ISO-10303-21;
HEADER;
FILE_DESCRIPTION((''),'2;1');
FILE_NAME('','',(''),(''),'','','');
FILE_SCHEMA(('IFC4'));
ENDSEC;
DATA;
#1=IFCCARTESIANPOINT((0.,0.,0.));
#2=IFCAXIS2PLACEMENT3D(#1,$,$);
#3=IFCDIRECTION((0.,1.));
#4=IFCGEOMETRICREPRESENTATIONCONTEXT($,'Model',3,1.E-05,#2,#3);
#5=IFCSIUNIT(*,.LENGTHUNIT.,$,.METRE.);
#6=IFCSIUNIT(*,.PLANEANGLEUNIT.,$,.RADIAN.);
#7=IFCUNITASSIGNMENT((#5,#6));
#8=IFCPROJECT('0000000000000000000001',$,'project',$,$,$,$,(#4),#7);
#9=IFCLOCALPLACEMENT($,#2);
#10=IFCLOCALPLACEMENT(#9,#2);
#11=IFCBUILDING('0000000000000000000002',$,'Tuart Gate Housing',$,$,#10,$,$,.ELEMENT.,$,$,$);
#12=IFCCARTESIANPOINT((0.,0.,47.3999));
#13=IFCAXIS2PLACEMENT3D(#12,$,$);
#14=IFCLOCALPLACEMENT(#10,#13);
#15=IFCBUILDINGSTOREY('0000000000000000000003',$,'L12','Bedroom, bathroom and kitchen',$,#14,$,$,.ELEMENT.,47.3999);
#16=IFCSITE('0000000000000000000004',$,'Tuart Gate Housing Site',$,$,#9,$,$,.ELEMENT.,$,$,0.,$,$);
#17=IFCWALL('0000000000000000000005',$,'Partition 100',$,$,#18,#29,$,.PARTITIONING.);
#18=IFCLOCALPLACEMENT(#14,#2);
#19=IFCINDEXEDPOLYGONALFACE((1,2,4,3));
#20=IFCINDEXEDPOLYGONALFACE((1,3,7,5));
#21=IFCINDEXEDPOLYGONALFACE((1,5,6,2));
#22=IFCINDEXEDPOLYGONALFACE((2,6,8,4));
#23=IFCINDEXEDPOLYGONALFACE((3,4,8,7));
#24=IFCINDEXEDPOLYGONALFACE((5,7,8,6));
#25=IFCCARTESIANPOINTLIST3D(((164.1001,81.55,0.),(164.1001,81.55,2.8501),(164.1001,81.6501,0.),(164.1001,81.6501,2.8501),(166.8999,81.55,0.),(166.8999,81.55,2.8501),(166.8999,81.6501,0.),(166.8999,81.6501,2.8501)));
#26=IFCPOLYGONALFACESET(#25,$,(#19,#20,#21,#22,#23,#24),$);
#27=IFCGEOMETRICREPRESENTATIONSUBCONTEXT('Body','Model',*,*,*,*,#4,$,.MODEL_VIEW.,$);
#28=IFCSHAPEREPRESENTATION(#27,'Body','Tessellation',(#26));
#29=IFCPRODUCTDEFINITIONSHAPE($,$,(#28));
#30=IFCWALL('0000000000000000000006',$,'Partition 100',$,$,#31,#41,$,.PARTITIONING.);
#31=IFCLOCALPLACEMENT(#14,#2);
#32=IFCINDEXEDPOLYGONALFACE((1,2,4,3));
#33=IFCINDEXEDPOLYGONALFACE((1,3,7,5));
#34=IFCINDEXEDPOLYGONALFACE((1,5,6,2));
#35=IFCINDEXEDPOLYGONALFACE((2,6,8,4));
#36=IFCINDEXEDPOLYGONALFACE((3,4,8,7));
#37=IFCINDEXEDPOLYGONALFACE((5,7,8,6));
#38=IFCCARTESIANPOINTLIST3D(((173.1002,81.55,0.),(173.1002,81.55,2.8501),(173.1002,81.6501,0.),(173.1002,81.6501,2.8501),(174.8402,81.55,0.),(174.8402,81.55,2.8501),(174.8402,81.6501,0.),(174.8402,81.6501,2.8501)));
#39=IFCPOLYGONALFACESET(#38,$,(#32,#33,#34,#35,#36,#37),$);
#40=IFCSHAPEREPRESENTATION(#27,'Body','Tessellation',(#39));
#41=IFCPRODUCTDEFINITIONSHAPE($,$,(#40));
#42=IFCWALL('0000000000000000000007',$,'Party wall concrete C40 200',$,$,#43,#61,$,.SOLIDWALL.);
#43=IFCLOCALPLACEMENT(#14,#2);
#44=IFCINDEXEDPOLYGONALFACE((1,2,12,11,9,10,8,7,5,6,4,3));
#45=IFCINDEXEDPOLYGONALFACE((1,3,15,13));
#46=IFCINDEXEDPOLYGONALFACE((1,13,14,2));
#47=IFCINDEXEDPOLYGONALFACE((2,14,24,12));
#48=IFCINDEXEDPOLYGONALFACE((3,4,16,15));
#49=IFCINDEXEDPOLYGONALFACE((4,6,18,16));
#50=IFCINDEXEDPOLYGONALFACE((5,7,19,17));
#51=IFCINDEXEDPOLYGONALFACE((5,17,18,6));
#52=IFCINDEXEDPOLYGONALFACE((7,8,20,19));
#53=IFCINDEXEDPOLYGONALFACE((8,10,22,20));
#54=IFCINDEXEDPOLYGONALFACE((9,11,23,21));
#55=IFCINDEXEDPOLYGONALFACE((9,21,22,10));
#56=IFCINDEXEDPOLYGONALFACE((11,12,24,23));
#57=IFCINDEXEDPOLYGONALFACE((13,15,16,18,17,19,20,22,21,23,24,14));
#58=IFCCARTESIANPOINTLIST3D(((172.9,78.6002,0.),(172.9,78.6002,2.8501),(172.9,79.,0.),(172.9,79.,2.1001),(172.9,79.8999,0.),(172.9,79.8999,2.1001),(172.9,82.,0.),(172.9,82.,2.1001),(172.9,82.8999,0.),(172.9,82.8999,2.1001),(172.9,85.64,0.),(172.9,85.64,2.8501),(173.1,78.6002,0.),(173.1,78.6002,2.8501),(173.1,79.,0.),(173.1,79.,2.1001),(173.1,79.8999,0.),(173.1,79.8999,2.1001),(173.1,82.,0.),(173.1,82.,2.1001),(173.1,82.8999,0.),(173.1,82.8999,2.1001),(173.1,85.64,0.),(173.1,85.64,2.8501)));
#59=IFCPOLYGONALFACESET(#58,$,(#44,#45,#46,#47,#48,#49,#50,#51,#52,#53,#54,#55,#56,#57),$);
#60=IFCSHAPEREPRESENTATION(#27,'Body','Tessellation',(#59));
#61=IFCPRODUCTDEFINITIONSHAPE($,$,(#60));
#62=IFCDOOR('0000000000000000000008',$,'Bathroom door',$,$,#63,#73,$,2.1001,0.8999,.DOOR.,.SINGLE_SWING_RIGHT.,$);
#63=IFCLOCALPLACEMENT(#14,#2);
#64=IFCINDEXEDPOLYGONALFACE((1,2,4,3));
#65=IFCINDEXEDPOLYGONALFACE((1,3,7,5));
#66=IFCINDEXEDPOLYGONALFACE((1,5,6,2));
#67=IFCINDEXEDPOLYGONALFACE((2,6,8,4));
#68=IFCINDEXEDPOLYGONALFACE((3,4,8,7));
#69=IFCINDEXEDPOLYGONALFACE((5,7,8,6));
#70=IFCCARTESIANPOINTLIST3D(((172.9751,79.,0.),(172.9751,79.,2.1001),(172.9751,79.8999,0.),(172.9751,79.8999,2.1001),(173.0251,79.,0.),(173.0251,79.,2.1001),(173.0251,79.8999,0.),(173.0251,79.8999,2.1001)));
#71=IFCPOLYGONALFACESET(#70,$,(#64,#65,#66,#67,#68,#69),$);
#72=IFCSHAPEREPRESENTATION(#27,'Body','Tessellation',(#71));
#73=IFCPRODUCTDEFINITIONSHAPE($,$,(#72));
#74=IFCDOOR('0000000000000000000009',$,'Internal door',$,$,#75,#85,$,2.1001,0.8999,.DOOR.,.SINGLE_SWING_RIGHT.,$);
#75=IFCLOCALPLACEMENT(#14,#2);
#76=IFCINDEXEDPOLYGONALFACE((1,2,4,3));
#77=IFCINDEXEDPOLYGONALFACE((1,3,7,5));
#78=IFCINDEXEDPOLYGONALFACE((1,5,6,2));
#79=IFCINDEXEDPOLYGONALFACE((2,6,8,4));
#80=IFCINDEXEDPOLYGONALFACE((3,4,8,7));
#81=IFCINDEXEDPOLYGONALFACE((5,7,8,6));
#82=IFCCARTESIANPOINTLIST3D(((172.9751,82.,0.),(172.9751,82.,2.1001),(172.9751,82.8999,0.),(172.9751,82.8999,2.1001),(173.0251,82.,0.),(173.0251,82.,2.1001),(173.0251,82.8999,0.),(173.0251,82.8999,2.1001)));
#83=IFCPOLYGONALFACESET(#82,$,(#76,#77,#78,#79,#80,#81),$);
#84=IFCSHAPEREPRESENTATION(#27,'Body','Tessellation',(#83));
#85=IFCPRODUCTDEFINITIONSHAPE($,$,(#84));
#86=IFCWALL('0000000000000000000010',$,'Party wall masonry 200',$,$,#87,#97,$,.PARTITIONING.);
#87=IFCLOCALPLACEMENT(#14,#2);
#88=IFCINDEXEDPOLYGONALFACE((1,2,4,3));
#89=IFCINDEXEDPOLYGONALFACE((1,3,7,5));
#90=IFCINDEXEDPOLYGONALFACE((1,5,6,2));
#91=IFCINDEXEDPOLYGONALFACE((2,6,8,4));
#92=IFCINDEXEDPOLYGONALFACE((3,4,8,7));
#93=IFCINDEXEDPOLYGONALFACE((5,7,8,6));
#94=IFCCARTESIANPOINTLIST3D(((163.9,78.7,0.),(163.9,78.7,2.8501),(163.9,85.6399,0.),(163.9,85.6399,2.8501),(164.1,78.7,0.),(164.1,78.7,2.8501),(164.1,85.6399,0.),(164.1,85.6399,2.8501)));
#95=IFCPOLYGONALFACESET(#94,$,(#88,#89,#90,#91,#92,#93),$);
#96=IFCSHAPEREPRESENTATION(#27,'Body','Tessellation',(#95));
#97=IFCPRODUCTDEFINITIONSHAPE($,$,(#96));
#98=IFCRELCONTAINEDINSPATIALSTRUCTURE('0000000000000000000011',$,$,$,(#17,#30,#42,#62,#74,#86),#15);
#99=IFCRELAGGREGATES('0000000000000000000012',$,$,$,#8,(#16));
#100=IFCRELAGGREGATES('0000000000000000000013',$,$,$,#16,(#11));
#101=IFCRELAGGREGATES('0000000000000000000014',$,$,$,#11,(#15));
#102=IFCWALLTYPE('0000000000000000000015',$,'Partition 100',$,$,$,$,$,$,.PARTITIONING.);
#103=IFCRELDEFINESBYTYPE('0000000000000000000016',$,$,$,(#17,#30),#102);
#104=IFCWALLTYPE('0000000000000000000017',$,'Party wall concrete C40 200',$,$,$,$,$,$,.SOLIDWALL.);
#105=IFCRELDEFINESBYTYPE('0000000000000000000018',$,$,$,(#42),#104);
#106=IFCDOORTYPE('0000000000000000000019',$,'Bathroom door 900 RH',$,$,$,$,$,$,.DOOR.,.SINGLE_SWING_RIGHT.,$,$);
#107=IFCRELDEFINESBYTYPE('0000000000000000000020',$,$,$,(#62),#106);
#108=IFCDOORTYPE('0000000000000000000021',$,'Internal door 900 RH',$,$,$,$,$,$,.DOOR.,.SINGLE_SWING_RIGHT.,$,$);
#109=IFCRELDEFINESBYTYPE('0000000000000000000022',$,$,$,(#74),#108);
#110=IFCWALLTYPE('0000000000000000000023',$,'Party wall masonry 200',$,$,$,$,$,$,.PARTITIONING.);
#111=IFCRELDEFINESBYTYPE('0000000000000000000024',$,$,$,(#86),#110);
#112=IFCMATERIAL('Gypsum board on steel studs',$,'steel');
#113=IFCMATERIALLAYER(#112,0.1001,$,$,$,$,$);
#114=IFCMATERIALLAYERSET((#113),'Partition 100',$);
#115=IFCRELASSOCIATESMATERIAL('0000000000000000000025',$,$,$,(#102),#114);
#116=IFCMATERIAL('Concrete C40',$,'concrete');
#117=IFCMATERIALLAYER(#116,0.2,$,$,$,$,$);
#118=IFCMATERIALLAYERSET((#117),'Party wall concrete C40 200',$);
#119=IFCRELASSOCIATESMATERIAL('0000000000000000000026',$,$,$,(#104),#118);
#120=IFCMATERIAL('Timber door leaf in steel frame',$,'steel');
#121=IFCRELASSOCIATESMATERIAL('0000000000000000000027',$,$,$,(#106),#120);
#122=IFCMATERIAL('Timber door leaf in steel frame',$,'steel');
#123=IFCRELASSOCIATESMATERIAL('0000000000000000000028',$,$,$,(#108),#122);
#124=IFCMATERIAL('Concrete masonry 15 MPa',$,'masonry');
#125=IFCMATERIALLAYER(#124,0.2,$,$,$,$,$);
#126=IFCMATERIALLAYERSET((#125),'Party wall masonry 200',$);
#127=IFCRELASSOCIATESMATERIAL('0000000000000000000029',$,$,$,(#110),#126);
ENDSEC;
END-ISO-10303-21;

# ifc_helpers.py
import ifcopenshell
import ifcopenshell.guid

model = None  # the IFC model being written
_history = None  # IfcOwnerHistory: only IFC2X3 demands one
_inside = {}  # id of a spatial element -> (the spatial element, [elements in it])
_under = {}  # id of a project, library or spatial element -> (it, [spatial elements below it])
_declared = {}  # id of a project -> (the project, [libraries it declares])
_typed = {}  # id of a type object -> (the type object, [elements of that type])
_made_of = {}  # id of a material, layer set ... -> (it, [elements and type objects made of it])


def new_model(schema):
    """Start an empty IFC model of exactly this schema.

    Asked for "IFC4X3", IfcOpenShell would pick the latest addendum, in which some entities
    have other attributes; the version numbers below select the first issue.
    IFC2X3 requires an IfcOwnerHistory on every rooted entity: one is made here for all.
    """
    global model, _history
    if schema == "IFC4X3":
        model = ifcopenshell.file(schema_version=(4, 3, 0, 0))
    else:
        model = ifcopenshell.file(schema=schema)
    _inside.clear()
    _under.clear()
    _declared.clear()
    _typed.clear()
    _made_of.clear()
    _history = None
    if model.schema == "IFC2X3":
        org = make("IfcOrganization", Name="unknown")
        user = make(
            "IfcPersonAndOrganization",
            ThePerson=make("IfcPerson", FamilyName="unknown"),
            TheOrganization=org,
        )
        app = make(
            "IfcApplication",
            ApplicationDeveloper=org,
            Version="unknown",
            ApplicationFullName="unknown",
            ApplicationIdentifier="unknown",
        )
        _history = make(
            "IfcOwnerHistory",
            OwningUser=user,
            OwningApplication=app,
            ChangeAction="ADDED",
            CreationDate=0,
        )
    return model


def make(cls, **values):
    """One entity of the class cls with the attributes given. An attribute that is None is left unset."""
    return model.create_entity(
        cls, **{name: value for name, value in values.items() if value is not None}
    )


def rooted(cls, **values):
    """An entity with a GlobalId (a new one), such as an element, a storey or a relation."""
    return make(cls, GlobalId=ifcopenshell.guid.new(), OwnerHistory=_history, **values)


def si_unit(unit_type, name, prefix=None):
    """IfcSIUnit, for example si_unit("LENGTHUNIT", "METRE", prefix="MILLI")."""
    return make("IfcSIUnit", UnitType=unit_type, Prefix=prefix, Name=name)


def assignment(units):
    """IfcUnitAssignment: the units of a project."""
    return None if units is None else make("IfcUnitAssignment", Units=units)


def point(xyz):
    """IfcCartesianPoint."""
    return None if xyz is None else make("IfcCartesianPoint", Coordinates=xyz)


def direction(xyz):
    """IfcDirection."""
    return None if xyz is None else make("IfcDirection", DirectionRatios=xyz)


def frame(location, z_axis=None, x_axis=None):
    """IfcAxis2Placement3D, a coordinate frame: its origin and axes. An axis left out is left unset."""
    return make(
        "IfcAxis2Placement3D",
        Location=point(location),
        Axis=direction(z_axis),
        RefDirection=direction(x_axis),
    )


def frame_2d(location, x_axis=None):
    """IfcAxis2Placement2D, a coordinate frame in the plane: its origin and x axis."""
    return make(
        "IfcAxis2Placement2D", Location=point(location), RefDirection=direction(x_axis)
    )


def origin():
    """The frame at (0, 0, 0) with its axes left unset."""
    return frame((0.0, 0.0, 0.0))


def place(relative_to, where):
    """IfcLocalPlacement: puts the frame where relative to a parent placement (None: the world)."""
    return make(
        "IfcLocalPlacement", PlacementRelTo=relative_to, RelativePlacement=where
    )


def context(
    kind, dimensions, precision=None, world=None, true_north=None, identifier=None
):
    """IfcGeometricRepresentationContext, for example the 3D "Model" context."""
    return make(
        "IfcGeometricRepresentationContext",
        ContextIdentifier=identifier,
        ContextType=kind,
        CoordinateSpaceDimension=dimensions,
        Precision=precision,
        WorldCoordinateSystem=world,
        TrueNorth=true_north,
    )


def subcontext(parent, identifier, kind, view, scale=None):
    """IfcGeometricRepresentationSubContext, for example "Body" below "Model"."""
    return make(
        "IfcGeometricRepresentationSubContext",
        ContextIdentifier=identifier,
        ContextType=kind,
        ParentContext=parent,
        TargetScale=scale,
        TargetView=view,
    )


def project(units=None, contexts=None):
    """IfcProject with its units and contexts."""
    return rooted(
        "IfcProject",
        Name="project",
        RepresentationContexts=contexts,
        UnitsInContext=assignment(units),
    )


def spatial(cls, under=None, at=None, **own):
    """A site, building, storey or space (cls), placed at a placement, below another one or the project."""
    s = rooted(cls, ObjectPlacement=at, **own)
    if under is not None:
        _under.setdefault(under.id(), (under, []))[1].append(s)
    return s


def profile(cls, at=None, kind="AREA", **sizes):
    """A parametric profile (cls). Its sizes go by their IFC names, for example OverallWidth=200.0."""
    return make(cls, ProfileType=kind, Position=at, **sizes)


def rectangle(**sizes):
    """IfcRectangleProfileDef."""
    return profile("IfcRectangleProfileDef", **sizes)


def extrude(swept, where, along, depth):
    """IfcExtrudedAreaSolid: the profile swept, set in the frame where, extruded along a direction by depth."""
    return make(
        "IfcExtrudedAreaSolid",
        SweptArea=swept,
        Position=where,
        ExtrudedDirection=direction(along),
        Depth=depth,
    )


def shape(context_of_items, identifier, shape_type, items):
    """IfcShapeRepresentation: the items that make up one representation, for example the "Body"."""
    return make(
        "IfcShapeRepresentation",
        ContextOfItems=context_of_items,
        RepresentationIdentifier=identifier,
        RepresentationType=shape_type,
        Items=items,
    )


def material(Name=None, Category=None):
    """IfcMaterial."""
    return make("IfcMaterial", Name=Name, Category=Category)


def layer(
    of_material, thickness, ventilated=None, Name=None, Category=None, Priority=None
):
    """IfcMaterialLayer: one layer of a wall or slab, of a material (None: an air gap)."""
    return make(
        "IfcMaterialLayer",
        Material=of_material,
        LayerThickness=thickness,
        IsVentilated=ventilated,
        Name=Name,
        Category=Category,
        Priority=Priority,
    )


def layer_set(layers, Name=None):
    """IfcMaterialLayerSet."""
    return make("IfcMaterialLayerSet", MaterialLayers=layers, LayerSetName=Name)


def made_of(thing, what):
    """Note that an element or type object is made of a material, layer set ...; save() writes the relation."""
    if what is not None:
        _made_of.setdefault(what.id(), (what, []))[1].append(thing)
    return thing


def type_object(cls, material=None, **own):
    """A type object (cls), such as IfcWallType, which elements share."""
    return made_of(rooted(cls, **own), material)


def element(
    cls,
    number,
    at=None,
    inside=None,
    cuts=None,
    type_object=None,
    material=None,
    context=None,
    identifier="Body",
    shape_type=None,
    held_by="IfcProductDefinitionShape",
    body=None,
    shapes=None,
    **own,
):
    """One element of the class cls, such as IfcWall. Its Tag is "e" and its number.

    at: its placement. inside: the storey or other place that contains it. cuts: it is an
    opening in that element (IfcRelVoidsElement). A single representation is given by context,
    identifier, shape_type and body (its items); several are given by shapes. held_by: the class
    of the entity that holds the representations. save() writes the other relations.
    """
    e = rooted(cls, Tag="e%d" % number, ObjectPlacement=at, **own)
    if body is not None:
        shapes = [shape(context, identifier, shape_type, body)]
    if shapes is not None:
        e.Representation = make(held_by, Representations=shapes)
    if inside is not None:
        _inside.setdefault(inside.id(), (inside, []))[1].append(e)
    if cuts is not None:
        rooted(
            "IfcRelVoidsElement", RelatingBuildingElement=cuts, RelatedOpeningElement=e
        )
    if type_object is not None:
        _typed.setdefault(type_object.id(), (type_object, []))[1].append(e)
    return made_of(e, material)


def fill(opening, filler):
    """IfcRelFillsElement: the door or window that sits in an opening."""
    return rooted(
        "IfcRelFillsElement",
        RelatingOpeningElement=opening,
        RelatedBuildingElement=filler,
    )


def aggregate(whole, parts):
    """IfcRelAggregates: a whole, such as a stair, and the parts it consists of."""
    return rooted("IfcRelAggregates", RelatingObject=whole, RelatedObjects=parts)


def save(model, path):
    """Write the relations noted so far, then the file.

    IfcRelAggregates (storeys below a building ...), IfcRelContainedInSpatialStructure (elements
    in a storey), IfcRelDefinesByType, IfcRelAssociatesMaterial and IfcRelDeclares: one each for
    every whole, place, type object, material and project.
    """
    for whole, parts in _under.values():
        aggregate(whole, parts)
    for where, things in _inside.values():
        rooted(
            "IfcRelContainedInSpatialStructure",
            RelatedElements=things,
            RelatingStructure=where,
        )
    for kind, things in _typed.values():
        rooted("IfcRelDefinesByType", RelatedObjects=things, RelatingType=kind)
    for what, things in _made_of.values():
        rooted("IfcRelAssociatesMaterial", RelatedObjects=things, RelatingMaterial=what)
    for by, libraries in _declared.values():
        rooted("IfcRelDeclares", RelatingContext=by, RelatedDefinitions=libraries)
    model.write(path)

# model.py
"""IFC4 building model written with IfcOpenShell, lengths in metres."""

from ifc_helpers import new_model, si_unit, direction, frame, frame_2d, origin, place, context, subcontext, project, spatial, rectangle, extrude, material, layer, layer_set, type_object, element, fill, save


model = new_model("IFC4")

# Units and contexts
model_context = context("Model", 3, precision=1e-05, world=origin(), true_north=direction((0.0, 1.0)))
body_context = subcontext(model_context, "Body", "Model", "MODEL_VIEW")
ifc_project = project(units=[si_unit("LENGTHUNIT", "METRE"), si_unit("PLANEANGLEUNIT", "RADIAN")], contexts=[model_context])

# Site, building, storey
site_placement = place(None, origin())
site = spatial("IfcSite", under=ifc_project, at=site_placement, Name="Tuart Gate Housing Site", CompositionType="ELEMENT", RefElevation=0.0)
building_placement = place(site_placement, origin())
building = spatial("IfcBuilding", under=site, at=building_placement, Name="Tuart Gate Housing", CompositionType="ELEMENT")
storey_placement = place(building_placement, frame((0.0, 0.0, 47.3999)))
storey = spatial("IfcBuildingStorey", under=building, at=storey_placement, Name="L12", Description="Bedroom, bathroom and kitchen", CompositionType="ELEMENT", Elevation=47.3999)

# Walls
ifc_material_1 = material(Name="Gypsum board on steel studs", Category="steel")
ifc_layer_1 = layer(ifc_material_1, 0.1001)
ifc_layer_set_1 = layer_set([ifc_layer_1], Name="Partition 100")
wall_type_1 = type_object("IfcWallType", Name="Partition 100", PredefinedType="PARTITIONING", material=ifc_layer_set_1)
wall_1_placement = place(storey_placement, frame((164.1001, 81.6001, 0.0), z_axis=(0.0, 0.0, 1.0), x_axis=(1.0, 0.0, 0.0)))
element("IfcWall", 1, at=wall_1_placement, inside=storey, type_object=wall_type_1, Name="Partition 100", PredefinedType="PARTITIONING", context=body_context, shape_type="SweptSolid", body=[
    extrude(rectangle(XDim=2.7998, YDim=0.1001, at=frame_2d((1.3999, 0.0))), origin(), (0.0, 0.0, 1.0), 2.8501),
])
wall_2_placement = place(storey_placement, frame((173.1001, 81.6001, 0.0), z_axis=(0.0, 0.0, 1.0), x_axis=(1.0, 0.0, 0.0)))
element("IfcWall", 2, at=wall_2_placement, inside=storey, type_object=wall_type_1, Name="Partition 100", PredefinedType="PARTITIONING", context=body_context, shape_type="SweptSolid", body=[
    extrude(rectangle(XDim=1.74, YDim=0.1001, at=frame_2d((0.8701, 0.0))), origin(), (0.0, 0.0, 1.0), 2.8501),
])

# Wall, openings, doors
ifc_material_2 = material(Name="Concrete C40", Category="concrete")
ifc_layer_2 = layer(ifc_material_2, 0.2)
ifc_layer_set_2 = layer_set([ifc_layer_2], Name="Party wall concrete C40 200")
wall_type_2 = type_object("IfcWallType", Name="Party wall concrete C40 200", PredefinedType="SOLIDWALL", material=ifc_layer_set_2)
wall_3_placement = place(storey_placement, frame((173.0, 78.6001, 0.0), z_axis=(0.0, 0.0, 1.0), x_axis=(0.0, 1.0, 0.0)))
wall_3 = element("IfcWall", 3, at=wall_3_placement, inside=storey, type_object=wall_type_2, Name="Party wall concrete C40 200", PredefinedType="SOLIDWALL", context=body_context, shape_type="SweptSolid", body=[
    extrude(rectangle(XDim=7.0398, YDim=0.2, at=frame_2d((3.52, 0.0))), origin(), (0.0, 0.0, 1.0), 2.8501),
])
opening_1_placement = place(wall_3_placement, frame((3.3999, 0.0, 0.0)))
opening_1 = element("IfcOpeningElement", 4, at=opening_1_placement, cuts=wall_3, PredefinedType="OPENING", context=body_context, shape_type="SweptSolid", body=[
    extrude(rectangle(XDim=0.8999, YDim=2.1001, at=frame_2d((0.45, 1.05))), frame((0.0, 0.1099, 0.0), z_axis=(0.0, -1.0, 0.0), x_axis=(1.0, 0.0, 0.0)), (0.0, 0.0, 1.0), 0.22),
])
opening_2_placement = place(wall_3_placement, frame((0.3999, 0.0, 0.0)))
opening_2 = element("IfcOpeningElement", 5, at=opening_2_placement, cuts=wall_3, PredefinedType="OPENING", context=body_context, shape_type="SweptSolid", body=[
    extrude(rectangle(XDim=0.8999, YDim=2.1001, at=frame_2d((0.45, 1.05))), frame((0.0, 0.1099, 0.0), z_axis=(0.0, -1.0, 0.0), x_axis=(1.0, 0.0, 0.0)), (0.0, 0.0, 1.0), 0.22),
])
ifc_material_3 = material(Name="Timber door leaf in steel frame", Category="steel")
door_type_1 = type_object("IfcDoorType", Name="Bathroom door 900 RH", OperationType="SINGLE_SWING_RIGHT", PredefinedType="DOOR", material=ifc_material_3)
door_1_placement = place(opening_2_placement, frame((0.8999, 0.0, 0.0), z_axis=(0.0, 0.0, 1.0), x_axis=(-1.0, 0.0, 0.0)))
door_1 = element("IfcDoor", 6, at=door_1_placement, inside=storey, type_object=door_type_1, Name="Bathroom door", OperationType="SINGLE_SWING_RIGHT", OverallHeight=2.1001, OverallWidth=0.8999, PredefinedType="DOOR", context=body_context, shape_type="SweptSolid", body=[
    extrude(rectangle(XDim=0.8999, YDim=2.1001, at=frame_2d((0.45, 1.05))), frame((0.0, 0.0251, 0.0), z_axis=(0.0, -1.0, 0.0), x_axis=(1.0, 0.0, 0.0)), (0.0, 0.0, 1.0), 0.05),
])
fill(opening_2, door_1)
ifc_material_4 = material(Name="Timber door leaf in steel frame", Category="steel")
door_type_2 = type_object("IfcDoorType", Name="Internal door 900 RH", OperationType="SINGLE_SWING_RIGHT", PredefinedType="DOOR", material=ifc_material_4)
door_2_placement = place(opening_1_placement, frame((0.8999, 0.0, 0.0), z_axis=(0.0, 0.0, 1.0), x_axis=(-1.0, 0.0, 0.0)))
door_2 = element("IfcDoor", 7, at=door_2_placement, inside=storey, type_object=door_type_2, Name="Internal door", OperationType="SINGLE_SWING_RIGHT", OverallHeight=2.1001, OverallWidth=0.8999, PredefinedType="DOOR", context=body_context, shape_type="SweptSolid", body=[
    extrude(rectangle(XDim=0.8999, YDim=2.1001, at=frame_2d((0.45, 1.05))), frame((0.0, 0.0251, 0.0), z_axis=(0.0, -1.0, 0.0), x_axis=(1.0, 0.0, 0.0)), (0.0, 0.0, 1.0), 0.05),
])
fill(opening_1, door_2)

# Wall
ifc_material_5 = material(Name="Concrete masonry 15 MPa", Category="masonry")
ifc_layer_3 = layer(ifc_material_5, 0.2)
ifc_layer_set_3 = layer_set([ifc_layer_3], Name="Party wall masonry 200")
wall_type_3 = type_object("IfcWallType", Name="Party wall masonry 200", PredefinedType="PARTITIONING", material=ifc_layer_set_3)
wall_4_placement = place(storey_placement, frame((164.0, 78.7, 0.0), z_axis=(0.0, 0.0, 1.0), x_axis=(0.0, 1.0, 0.0)))
element("IfcWall", 8, at=wall_4_placement, inside=storey, type_object=wall_type_3, Name="Party wall masonry 200", PredefinedType="PARTITIONING", context=body_context, shape_type="SweptSolid", body=[
    extrude(rectangle(XDim=6.9399, YDim=0.2, at=frame_2d((3.47, 0.0))), origin(), (0.0, 0.0, 1.0), 2.8501),
])

save(model, "model.ifc")
